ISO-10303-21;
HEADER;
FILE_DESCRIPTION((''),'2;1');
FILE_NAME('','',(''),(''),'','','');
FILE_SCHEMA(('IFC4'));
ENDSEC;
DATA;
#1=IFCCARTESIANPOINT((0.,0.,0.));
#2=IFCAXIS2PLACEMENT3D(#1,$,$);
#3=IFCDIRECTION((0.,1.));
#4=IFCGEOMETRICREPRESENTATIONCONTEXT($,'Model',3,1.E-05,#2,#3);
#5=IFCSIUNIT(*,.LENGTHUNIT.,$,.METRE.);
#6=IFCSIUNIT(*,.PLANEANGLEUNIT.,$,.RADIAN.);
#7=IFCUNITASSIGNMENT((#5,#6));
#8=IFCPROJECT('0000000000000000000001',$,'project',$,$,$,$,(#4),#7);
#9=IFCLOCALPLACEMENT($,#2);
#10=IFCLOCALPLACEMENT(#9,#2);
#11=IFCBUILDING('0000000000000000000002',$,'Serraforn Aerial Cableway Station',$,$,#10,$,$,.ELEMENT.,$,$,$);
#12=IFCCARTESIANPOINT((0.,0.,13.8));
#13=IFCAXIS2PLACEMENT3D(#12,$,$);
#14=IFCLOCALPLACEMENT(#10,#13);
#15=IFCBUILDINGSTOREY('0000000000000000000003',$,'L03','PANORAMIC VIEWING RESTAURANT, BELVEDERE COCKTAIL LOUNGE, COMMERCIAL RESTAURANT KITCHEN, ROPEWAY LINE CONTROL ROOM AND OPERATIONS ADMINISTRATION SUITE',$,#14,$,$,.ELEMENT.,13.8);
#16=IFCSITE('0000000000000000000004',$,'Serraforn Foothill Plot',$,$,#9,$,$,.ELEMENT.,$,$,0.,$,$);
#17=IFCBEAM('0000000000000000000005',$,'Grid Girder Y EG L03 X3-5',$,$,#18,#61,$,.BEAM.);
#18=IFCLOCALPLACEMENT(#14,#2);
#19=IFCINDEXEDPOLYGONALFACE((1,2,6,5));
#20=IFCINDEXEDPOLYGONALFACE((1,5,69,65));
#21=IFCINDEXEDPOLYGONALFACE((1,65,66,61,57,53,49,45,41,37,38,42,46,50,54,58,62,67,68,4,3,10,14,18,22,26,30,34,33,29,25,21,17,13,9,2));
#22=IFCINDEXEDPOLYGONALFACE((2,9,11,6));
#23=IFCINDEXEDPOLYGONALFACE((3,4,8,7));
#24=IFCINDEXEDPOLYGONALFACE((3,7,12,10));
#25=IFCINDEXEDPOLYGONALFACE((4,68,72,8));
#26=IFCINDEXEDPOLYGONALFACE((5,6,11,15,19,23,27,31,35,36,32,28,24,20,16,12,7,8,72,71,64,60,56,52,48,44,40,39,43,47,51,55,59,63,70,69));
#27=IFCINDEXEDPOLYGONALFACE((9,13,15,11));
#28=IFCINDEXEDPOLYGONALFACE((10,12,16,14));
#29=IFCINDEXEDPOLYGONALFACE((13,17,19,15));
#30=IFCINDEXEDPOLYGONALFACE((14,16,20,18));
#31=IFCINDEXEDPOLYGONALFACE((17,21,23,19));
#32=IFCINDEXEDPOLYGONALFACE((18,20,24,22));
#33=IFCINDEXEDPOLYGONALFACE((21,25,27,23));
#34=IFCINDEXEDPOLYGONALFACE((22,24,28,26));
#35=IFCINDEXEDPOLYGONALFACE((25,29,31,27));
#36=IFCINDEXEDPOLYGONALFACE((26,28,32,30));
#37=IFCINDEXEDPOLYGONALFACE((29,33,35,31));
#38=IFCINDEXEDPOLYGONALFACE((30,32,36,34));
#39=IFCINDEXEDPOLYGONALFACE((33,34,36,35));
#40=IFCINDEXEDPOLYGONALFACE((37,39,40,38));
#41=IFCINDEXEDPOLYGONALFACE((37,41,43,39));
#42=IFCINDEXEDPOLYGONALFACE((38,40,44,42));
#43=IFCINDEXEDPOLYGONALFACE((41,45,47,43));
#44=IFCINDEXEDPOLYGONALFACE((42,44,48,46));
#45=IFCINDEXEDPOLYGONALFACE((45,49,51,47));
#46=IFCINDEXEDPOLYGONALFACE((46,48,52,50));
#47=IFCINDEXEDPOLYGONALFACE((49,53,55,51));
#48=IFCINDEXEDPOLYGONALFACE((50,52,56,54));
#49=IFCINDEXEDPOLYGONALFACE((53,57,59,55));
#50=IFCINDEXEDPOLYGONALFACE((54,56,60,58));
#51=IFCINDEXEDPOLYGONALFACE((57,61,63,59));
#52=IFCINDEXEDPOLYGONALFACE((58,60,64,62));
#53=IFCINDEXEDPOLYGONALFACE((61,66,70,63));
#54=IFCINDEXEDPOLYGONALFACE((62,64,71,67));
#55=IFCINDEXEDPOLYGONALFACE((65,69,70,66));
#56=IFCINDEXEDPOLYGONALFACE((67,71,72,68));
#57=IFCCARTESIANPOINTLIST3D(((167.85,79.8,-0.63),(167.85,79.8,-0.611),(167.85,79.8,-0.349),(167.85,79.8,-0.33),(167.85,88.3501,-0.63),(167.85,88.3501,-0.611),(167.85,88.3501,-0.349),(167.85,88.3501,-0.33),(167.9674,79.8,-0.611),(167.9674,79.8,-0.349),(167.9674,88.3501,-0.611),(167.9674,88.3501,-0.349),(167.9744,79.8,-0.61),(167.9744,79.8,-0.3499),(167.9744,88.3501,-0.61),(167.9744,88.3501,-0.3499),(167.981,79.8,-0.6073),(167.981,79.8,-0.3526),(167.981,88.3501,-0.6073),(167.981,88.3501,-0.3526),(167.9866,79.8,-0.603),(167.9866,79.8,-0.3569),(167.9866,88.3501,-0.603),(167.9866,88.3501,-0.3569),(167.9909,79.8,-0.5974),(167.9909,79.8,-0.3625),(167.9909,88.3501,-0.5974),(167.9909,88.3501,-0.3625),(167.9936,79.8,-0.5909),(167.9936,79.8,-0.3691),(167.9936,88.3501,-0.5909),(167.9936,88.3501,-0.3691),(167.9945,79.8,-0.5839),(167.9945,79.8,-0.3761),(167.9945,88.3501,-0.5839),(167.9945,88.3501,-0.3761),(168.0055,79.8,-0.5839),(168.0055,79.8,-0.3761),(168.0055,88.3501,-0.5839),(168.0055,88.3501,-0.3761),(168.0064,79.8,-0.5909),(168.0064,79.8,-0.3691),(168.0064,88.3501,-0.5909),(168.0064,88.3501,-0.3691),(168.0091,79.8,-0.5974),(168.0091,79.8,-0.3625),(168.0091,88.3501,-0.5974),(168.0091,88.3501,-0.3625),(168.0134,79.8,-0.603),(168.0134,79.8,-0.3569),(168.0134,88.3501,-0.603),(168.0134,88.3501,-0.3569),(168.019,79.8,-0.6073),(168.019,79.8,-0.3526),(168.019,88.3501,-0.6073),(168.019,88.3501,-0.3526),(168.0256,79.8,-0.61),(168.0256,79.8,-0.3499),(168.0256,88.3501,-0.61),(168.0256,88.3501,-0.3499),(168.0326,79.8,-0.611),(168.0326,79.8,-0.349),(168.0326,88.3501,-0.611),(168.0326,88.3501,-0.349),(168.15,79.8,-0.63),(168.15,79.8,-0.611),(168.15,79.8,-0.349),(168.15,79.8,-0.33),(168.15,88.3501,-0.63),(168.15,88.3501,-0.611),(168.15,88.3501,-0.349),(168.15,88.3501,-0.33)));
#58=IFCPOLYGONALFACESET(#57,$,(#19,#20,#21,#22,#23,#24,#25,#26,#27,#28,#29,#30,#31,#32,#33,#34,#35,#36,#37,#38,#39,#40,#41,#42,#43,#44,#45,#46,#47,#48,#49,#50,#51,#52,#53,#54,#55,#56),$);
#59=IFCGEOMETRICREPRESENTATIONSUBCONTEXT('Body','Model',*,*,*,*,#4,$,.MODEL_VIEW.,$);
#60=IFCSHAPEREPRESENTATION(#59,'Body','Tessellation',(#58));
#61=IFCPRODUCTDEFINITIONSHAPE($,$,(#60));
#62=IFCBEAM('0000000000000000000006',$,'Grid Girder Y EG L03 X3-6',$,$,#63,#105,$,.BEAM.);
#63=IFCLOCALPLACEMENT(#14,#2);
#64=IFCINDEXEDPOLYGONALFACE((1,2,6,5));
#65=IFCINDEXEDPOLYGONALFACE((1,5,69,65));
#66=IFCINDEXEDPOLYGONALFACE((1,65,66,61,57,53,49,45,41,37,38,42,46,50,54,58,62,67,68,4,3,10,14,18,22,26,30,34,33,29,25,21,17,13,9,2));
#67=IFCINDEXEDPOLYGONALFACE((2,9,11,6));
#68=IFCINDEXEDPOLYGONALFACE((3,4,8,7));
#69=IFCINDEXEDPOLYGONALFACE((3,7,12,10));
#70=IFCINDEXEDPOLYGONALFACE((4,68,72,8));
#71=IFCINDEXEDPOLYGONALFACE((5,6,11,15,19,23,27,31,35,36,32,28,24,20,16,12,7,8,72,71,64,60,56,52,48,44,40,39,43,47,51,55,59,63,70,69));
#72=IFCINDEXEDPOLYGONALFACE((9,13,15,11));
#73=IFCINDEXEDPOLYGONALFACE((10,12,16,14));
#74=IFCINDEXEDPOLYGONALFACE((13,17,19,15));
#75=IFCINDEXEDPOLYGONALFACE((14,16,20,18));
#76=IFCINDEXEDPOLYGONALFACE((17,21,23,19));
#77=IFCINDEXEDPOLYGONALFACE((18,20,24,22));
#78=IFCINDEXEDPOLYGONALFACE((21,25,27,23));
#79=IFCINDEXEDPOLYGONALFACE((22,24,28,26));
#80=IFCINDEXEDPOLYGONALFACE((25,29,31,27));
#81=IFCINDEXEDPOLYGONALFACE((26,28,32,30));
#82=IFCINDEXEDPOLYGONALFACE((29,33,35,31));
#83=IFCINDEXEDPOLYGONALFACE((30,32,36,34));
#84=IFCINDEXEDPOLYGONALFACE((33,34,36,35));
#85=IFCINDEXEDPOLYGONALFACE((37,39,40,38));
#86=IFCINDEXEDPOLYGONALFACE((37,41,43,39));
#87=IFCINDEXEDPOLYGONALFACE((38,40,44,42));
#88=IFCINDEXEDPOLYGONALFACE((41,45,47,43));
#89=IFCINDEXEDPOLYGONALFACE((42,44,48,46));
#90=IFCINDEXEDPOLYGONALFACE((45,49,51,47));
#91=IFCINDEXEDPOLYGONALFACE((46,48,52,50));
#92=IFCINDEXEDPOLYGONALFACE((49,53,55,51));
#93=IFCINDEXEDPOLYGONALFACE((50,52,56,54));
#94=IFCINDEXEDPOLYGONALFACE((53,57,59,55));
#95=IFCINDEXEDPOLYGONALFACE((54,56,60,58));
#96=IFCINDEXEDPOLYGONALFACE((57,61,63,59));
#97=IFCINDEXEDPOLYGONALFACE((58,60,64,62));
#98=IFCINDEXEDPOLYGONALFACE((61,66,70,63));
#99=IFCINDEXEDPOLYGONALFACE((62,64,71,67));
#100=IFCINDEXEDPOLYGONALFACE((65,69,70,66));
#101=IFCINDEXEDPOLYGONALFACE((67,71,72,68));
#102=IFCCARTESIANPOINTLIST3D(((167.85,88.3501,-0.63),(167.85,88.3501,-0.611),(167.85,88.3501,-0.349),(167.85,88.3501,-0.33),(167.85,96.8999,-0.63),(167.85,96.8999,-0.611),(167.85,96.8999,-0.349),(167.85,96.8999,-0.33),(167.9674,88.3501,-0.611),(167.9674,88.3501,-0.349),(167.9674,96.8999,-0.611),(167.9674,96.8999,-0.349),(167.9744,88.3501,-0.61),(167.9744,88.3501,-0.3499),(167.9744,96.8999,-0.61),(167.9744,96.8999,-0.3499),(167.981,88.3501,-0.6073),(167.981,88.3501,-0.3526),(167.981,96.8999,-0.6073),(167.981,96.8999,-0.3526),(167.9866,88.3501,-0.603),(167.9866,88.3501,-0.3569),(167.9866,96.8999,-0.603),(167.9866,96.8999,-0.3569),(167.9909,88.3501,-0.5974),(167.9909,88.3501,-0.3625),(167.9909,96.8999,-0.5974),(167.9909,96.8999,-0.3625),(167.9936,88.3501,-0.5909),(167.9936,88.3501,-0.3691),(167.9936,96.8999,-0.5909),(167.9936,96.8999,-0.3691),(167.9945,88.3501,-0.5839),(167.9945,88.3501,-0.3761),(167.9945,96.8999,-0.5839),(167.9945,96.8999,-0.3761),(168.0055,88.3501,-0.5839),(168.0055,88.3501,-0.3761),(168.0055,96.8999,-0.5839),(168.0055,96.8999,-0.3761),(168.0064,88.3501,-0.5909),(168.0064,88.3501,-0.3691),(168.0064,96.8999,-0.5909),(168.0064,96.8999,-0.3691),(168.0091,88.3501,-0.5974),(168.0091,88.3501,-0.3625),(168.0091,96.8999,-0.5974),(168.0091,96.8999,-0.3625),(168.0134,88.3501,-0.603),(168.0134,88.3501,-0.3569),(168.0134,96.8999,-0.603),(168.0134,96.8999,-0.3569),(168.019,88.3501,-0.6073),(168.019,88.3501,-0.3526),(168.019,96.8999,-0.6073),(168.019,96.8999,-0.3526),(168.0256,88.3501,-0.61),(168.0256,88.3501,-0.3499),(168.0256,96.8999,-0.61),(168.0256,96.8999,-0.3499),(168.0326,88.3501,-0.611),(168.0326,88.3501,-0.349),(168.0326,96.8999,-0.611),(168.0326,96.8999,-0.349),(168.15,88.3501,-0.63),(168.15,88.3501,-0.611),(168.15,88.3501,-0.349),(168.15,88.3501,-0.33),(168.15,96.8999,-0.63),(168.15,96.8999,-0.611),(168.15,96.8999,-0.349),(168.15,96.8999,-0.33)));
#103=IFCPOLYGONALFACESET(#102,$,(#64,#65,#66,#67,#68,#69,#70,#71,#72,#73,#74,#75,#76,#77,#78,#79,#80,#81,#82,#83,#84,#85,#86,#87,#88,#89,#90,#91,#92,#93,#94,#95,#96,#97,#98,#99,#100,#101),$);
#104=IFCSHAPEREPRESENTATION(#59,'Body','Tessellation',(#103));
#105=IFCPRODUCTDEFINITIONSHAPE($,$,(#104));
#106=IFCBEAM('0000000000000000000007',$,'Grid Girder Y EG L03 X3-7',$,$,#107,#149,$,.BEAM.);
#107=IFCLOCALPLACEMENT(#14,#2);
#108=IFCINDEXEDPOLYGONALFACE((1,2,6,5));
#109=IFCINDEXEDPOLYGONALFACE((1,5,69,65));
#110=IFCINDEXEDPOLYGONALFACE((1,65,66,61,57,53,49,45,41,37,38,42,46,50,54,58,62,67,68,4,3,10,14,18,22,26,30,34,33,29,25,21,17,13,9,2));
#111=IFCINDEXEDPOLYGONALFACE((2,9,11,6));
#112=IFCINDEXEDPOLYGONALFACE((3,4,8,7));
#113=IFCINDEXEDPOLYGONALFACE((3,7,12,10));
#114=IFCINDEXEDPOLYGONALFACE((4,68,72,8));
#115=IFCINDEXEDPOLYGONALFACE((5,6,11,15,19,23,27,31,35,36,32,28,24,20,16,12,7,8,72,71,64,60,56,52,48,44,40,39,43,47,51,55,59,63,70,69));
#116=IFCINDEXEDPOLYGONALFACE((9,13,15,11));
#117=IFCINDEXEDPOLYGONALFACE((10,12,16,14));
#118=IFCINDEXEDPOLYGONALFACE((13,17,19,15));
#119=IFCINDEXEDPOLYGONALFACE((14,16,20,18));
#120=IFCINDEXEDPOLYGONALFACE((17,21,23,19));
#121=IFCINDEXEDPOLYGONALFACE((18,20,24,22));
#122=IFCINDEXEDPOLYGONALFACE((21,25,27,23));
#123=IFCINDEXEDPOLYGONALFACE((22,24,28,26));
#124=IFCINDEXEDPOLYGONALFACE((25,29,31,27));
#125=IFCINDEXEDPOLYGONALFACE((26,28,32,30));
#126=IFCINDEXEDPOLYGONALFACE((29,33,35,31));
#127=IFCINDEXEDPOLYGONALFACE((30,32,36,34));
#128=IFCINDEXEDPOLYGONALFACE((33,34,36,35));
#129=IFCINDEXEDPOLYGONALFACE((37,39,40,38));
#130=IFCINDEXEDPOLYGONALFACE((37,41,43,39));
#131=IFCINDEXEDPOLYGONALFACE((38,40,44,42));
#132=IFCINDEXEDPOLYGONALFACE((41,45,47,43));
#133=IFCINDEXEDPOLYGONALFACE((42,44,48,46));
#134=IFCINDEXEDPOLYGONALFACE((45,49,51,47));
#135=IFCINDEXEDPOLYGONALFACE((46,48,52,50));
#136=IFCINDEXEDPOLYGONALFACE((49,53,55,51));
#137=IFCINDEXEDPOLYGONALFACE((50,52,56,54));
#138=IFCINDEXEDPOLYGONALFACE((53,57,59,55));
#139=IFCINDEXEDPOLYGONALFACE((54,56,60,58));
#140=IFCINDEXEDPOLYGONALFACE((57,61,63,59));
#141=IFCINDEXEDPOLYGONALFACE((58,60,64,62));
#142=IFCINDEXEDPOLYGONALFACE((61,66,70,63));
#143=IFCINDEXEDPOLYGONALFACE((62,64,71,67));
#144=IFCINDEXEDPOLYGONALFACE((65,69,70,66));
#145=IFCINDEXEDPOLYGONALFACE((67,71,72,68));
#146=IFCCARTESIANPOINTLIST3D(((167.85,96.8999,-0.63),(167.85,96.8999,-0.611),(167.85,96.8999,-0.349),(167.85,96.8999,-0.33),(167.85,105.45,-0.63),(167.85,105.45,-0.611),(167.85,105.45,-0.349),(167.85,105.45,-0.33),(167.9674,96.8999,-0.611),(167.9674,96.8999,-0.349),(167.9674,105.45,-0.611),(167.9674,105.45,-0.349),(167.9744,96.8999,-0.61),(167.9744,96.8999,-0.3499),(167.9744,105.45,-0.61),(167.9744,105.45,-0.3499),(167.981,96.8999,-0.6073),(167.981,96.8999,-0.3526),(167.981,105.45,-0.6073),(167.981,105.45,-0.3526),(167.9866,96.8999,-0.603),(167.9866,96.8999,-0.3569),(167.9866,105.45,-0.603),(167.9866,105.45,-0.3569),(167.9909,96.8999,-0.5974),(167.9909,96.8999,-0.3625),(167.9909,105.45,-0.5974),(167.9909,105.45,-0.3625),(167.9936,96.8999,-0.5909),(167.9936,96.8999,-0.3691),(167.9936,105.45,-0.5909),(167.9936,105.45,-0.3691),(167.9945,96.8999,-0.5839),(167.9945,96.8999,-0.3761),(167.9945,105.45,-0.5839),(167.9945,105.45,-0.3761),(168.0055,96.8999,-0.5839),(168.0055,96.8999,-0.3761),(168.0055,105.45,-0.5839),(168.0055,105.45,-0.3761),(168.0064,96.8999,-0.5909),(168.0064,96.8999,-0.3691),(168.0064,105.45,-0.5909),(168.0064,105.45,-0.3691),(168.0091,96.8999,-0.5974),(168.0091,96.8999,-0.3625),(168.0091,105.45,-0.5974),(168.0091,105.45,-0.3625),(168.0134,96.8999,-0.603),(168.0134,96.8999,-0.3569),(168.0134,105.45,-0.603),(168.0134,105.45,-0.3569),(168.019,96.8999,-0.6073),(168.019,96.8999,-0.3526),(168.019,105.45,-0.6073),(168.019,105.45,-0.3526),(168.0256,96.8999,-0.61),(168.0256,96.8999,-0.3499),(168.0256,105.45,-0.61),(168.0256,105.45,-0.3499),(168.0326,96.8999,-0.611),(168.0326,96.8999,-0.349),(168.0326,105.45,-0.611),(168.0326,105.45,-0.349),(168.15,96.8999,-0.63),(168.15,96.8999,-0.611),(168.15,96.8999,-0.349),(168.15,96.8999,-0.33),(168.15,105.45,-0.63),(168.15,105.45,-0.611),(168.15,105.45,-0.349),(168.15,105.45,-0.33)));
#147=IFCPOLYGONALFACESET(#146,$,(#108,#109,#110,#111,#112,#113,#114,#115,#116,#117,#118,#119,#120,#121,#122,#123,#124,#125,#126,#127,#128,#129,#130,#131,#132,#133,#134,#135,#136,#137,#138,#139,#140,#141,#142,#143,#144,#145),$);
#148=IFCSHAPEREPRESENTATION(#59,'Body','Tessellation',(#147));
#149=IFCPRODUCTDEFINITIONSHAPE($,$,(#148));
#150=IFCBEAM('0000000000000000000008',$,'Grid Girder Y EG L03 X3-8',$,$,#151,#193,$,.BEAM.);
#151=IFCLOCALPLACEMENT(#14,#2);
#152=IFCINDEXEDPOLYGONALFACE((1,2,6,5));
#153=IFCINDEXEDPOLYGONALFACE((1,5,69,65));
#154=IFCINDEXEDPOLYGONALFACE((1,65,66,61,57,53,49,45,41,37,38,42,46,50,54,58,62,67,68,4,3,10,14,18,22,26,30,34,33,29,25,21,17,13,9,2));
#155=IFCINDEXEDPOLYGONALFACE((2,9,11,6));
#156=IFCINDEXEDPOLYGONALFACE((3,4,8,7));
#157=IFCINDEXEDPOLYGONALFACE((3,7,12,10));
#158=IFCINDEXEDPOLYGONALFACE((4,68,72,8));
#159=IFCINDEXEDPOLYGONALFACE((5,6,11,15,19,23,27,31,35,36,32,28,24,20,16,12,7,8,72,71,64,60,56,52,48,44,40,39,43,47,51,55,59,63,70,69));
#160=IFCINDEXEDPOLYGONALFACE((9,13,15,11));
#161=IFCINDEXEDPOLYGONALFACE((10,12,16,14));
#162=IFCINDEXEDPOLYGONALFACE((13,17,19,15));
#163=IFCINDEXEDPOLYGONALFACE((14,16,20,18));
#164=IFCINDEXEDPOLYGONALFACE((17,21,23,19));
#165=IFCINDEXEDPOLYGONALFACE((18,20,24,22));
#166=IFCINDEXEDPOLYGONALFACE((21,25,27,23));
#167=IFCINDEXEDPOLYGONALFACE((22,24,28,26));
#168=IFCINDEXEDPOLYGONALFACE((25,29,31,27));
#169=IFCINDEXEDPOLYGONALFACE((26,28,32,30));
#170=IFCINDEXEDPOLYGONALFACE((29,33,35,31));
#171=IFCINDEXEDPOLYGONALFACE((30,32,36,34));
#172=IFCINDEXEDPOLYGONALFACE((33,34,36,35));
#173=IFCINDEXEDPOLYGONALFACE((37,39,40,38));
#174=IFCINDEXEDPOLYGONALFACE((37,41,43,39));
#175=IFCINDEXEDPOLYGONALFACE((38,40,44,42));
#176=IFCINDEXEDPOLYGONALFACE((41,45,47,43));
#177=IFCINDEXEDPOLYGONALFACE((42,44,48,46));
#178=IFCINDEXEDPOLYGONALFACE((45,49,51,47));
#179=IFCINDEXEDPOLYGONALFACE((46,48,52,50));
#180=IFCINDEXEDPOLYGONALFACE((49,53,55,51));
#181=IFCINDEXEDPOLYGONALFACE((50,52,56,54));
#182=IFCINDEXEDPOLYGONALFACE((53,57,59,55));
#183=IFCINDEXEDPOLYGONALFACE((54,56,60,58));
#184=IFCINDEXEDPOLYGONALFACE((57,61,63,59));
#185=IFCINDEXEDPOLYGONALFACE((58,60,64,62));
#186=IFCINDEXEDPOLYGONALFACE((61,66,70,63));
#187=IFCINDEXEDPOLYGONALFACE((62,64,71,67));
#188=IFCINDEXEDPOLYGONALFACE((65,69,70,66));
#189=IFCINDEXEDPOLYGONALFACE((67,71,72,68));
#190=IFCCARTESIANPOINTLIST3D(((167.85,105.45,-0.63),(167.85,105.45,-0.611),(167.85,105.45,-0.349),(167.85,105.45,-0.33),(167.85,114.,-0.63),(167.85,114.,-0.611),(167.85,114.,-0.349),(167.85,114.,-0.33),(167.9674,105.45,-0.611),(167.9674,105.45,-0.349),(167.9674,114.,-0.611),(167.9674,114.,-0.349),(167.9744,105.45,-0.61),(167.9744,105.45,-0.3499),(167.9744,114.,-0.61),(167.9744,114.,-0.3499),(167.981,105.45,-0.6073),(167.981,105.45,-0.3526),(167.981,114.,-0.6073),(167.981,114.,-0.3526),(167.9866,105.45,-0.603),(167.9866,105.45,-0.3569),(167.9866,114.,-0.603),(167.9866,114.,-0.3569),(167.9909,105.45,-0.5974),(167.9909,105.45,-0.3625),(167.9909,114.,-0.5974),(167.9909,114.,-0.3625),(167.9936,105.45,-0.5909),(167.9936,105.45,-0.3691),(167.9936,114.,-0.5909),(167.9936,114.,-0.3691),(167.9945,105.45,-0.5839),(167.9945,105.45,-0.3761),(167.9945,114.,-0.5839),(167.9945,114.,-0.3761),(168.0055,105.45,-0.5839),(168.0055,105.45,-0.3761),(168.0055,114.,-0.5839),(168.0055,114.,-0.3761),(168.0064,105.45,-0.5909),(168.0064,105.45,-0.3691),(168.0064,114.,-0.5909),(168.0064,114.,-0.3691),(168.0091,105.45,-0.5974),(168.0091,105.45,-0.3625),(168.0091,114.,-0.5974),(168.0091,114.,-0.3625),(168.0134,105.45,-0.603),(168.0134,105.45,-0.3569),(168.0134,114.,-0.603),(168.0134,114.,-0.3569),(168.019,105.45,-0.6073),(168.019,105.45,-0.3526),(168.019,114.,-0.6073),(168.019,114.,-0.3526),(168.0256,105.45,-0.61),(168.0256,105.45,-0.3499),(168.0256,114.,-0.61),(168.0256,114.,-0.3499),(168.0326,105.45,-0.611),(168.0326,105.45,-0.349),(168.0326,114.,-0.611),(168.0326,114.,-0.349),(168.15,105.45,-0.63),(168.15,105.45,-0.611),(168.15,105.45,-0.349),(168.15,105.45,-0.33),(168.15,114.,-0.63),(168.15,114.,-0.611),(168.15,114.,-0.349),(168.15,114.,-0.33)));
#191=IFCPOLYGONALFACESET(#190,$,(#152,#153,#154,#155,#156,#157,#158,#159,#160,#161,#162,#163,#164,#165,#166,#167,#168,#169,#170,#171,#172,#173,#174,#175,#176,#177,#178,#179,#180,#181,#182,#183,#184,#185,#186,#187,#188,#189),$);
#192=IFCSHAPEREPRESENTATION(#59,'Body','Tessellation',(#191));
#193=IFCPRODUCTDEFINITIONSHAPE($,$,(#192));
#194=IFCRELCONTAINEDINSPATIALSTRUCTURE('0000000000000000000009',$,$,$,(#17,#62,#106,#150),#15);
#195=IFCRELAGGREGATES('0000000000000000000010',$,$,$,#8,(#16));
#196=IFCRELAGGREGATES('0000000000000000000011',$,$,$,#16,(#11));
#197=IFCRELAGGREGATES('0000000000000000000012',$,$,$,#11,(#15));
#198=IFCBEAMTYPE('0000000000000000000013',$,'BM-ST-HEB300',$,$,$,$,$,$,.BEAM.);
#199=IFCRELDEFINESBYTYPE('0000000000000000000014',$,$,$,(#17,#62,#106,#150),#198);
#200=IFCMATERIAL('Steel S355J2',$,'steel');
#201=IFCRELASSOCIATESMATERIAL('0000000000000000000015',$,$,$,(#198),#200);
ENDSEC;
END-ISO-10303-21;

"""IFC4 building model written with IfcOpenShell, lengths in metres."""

from ifc_helpers import new_model, si_unit, direction, frame, origin, origin_2d, place, context, subcontext, project, spatial, i_section, extrude, material, material_profile, profile_set, type_object, element, save


model = new_model("IFC4")

# Units and contexts
model_context = context("Model", 3, precision=1e-05, world=origin(), true_north=direction((0.0, 1.0)))
body_context = subcontext(model_context, "Body", "Model", "MODEL_VIEW")
ifc_project = project(units=[si_unit("LENGTHUNIT", "METRE"), si_unit("PLANEANGLEUNIT", "RADIAN")], contexts=[model_context])

# Site, building, storey
site_placement = place(None, origin())
site = spatial("IfcSite", under=ifc_project, at=site_placement, Name="Serraforn Foothill Plot", CompositionType="ELEMENT", RefElevation=0.0)
building_placement = place(site_placement, origin())
building = spatial("IfcBuilding", under=site, at=building_placement, Name="Serraforn Aerial Cableway Station", CompositionType="ELEMENT")
storey_placement = place(building_placement, frame((0.0, 0.0, 13.8)))
storey = spatial("IfcBuildingStorey", under=building, at=storey_placement, Name="L03", Description="PANORAMIC VIEWING RESTAURANT, BELVEDERE COCKTAIL LOUNGE, COMMERCIAL RESTAURANT KITCHEN, ROPEWAY LINE CONTROL ROOM AND OPERATIONS ADMINISTRATION SUITE", CompositionType="ELEMENT", Elevation=13.8)

# Beams
ifc_material_1 = material(Name="Steel S355J2", Category="steel")
ifc_material_profile_1 = material_profile(ifc_material_1, i_section(OverallWidth=0.3, OverallDepth=0.3, WebThickness=0.011, FlangeThickness=0.019, FilletRadius=0.0271, at=origin_2d()), Name="HEB 300")
ifc_profile_set_1 = profile_set([ifc_material_profile_1], Name="Steel S355J2")
beam_type_1 = type_object("IfcBeamType", Name="BM-ST-HEB300", PredefinedType="BEAM", material=ifc_profile_set_1)
for number, where, z_axis, x_axis, name in (
    (1, (168.0, 79.8, -0.48), (0.0, 1.0, 0.0), (-1.0, 0.0, 0.0), "Grid Girder Y EG L03 X3-5"),
):
    element("IfcBeam", number, at=place(storey_placement, frame(where, z_axis=z_axis, x_axis=x_axis)), inside=storey, type_object=beam_type_1, Name=name, PredefinedType="BEAM", context=body_context, shape_type="SweptSolid", body=[
        extrude(i_section(OverallWidth=0.3, OverallDepth=0.3, WebThickness=0.011, FlangeThickness=0.019, FilletRadius=0.0271, at=origin_2d()), origin(), (0.0, 0.0, 1.0), 8.55),
    ])
beam_1_placement = place(storey_placement, frame((168.0, 88.3501, -0.48), z_axis=(0.0, 1.0, 0.0), x_axis=(-1.0, 0.0, 0.0)))
element("IfcBeam", 2, at=beam_1_placement, inside=storey, type_object=beam_type_1, Name="Grid Girder Y EG L03 X3-6", PredefinedType="BEAM", context=body_context, shape_type="SweptSolid", body=[
    extrude(i_section(OverallWidth=0.3, OverallDepth=0.3, WebThickness=0.011, FlangeThickness=0.019, FilletRadius=0.0271, at=origin_2d()), origin(), (0.0, 0.0, 1.0), 8.5498),
])
for number, where, z_axis, x_axis, name in (
    (3, (168.0, 96.8999, -0.48), (0.0, 1.0, 0.0), (-1.0, 0.0, 0.0), "Grid Girder Y EG L03 X3-7"),
    (4, (168.0, 105.45, -0.48), (0.0, 1.0, 0.0), (-1.0, 0.0, 0.0), "Grid Girder Y EG L03 X3-8"),
):
    element("IfcBeam", number, at=place(storey_placement, frame(where, z_axis=z_axis, x_axis=x_axis)), inside=storey, type_object=beam_type_1, Name=name, PredefinedType="BEAM", context=body_context, shape_type="SweptSolid", body=[
        extrude(i_section(OverallWidth=0.3, OverallDepth=0.3, WebThickness=0.011, FlangeThickness=0.019, FilletRadius=0.0271, at=origin_2d()), origin(), (0.0, 0.0, 1.0), 8.55),
    ])

save(model, "model.ifc")
